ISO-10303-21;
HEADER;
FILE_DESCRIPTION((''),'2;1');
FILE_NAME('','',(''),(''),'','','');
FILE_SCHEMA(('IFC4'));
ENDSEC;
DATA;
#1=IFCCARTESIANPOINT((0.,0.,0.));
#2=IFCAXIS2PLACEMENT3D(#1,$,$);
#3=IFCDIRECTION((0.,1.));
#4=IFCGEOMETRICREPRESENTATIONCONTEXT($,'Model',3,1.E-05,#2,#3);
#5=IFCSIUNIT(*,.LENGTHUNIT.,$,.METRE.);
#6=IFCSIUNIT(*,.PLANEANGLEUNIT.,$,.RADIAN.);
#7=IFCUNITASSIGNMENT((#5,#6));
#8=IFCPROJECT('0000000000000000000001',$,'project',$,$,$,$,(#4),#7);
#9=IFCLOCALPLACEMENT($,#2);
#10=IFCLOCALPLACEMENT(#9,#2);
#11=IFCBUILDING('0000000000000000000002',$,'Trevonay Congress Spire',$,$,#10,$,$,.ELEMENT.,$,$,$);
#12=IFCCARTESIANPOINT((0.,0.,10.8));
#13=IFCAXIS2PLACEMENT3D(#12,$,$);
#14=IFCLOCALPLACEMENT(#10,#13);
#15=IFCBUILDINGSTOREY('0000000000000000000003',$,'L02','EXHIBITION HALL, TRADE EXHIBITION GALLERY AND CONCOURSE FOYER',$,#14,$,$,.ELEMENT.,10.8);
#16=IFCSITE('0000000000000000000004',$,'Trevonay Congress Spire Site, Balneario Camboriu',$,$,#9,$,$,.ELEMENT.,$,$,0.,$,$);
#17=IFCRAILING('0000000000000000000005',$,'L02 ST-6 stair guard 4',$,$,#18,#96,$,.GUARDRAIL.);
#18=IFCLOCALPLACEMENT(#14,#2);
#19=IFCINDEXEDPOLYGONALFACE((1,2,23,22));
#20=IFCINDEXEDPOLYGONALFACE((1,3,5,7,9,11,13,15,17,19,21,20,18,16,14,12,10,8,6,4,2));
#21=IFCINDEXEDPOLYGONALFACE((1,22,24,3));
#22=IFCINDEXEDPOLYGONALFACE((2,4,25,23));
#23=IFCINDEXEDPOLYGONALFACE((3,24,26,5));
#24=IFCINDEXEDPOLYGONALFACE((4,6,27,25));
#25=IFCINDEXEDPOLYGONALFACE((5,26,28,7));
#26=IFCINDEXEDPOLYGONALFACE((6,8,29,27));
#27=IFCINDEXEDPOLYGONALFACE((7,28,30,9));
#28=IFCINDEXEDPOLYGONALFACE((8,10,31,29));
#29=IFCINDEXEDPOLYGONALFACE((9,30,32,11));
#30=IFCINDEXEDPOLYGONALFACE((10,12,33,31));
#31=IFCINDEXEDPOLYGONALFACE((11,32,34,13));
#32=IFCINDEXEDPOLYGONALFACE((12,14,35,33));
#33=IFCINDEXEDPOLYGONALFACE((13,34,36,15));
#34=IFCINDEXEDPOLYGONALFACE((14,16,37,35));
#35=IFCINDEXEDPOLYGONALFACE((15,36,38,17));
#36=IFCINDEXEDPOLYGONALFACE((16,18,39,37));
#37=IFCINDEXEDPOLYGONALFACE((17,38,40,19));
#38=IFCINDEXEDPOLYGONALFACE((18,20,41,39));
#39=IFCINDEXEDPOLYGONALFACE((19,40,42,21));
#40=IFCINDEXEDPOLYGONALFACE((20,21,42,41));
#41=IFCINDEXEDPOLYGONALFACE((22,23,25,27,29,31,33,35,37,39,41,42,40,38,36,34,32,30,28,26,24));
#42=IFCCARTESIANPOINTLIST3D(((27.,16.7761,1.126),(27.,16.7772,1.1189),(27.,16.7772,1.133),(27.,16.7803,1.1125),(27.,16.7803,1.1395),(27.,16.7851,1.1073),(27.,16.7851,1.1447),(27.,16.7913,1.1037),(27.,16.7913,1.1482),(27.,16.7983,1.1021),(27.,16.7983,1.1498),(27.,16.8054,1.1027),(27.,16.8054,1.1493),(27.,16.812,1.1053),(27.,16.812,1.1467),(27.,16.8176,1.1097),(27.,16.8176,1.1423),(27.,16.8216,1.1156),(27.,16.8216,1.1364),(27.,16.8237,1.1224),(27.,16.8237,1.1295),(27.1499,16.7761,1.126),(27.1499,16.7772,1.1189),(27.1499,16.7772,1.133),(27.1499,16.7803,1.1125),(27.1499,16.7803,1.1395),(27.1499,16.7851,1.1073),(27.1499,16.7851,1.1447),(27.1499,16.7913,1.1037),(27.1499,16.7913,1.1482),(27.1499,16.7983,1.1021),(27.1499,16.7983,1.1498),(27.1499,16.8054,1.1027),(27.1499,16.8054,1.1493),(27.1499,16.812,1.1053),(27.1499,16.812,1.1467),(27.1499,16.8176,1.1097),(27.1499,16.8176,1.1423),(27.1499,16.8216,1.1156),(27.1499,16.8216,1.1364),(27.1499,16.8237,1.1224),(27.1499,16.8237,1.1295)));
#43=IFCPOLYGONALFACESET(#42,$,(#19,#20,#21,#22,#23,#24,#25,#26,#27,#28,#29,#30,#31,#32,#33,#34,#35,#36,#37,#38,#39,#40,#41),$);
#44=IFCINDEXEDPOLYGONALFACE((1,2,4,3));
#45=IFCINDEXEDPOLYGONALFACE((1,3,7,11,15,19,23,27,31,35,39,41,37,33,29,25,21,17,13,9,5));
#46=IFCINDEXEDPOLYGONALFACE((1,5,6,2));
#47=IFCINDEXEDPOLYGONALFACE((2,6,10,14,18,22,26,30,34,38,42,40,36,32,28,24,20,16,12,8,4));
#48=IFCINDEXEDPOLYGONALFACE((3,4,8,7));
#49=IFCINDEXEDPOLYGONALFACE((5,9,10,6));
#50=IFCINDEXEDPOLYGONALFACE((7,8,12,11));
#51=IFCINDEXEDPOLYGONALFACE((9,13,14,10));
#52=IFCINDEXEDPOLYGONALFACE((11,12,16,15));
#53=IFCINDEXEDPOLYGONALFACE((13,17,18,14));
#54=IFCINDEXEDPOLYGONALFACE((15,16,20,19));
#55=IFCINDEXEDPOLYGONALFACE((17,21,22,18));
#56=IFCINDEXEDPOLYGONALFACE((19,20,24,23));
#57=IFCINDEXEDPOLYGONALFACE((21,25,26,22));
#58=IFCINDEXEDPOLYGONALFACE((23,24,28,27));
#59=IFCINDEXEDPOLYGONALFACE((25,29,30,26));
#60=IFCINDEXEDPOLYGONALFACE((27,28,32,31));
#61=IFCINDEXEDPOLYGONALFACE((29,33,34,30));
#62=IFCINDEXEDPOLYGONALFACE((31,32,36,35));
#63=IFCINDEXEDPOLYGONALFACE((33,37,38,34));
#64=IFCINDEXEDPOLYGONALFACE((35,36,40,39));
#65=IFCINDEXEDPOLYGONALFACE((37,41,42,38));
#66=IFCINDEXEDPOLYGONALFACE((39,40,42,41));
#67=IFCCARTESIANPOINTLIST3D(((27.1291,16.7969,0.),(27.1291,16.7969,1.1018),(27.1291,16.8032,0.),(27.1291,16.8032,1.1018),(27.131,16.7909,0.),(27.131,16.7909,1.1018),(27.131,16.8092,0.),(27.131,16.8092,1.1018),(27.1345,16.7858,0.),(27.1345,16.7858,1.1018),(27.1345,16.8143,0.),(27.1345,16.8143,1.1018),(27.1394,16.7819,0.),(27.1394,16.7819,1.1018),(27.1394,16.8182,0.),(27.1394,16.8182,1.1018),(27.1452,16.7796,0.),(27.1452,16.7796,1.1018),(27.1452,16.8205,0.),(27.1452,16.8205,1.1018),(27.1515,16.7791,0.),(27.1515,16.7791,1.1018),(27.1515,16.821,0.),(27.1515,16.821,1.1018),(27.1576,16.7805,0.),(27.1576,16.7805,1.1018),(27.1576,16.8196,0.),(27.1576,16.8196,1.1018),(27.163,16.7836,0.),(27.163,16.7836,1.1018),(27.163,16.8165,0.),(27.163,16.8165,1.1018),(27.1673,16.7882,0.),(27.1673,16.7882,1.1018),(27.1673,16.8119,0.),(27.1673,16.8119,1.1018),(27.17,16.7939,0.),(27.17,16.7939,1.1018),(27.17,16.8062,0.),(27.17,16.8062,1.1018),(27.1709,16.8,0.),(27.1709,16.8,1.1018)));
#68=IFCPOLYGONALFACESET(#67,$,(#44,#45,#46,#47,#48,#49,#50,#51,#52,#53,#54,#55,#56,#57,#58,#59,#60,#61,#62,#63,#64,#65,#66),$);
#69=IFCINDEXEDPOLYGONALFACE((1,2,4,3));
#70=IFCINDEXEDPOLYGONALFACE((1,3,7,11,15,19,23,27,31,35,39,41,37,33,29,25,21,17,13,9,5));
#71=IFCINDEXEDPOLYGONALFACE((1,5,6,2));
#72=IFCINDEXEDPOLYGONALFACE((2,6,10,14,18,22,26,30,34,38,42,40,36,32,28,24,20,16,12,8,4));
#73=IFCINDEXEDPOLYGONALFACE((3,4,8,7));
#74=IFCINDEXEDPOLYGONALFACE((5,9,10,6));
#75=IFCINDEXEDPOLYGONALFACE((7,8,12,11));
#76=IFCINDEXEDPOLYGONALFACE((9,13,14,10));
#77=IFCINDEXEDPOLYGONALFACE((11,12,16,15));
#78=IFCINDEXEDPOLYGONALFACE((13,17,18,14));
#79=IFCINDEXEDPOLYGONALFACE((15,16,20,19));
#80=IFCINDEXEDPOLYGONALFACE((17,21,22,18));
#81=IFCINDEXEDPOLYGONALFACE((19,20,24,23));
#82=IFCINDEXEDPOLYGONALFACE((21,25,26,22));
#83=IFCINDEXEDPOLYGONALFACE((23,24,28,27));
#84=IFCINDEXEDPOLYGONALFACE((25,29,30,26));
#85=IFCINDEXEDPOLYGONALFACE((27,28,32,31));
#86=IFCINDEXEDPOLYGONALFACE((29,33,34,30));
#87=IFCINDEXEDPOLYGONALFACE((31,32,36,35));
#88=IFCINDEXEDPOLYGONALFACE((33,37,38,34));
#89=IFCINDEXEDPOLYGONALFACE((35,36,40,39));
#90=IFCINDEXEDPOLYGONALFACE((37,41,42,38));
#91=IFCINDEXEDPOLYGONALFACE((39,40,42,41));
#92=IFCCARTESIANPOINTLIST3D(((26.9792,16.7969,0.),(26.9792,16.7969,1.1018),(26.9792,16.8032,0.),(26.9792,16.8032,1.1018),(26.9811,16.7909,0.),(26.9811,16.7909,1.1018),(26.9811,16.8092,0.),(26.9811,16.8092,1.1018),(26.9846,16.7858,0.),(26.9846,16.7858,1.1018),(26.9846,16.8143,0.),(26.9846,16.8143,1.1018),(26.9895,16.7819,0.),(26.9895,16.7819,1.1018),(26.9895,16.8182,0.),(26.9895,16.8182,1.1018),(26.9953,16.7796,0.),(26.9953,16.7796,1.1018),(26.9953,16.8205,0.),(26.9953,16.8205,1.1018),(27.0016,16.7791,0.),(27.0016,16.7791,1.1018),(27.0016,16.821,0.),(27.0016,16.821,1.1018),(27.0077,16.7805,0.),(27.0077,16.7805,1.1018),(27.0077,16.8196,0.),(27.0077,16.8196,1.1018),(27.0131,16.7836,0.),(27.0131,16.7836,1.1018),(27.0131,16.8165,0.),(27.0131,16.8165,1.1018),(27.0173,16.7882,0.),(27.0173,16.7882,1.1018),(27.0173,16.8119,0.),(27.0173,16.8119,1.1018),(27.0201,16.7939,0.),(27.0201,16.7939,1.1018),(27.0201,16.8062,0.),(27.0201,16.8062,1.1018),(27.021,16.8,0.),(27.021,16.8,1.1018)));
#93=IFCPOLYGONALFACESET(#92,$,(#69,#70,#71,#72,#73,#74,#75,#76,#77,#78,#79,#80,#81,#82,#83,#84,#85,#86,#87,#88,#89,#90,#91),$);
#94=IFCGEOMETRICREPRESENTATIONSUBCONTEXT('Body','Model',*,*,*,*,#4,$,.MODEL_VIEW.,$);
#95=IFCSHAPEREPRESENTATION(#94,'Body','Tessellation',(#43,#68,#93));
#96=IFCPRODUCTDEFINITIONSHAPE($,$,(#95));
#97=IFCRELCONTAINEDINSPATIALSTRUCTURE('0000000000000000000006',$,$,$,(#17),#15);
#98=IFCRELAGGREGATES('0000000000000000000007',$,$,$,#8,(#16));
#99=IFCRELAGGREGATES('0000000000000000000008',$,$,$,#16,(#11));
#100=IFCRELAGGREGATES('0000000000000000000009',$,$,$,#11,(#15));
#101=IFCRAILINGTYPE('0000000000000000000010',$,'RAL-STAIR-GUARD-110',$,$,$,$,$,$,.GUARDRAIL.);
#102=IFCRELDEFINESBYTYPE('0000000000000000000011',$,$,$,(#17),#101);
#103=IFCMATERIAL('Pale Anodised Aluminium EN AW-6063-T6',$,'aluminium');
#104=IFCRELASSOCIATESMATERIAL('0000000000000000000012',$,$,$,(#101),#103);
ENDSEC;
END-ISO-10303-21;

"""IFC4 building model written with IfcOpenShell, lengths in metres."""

from ifc_helpers import new_model, si_unit, direction, frame, origin, origin_2d, place, context, subcontext, project, spatial, circle, extrude, material, type_object, element, save


model = new_model("IFC4")

# Units and contexts
model_context = context("Model", 3, precision=1e-05, world=origin(), true_north=direction((0.0, 1.0)))
body_context = subcontext(model_context, "Body", "Model", "MODEL_VIEW")
ifc_project = project(units=[si_unit("LENGTHUNIT", "METRE"), si_unit("PLANEANGLEUNIT", "RADIAN")], contexts=[model_context])

# Site, building, storey
site_placement = place(None, origin())
site = spatial("IfcSite", under=ifc_project, at=site_placement, Name="Trevonay Congress Spire Site, Balneario Camboriu", CompositionType="ELEMENT", RefElevation=0.0)
building_placement = place(site_placement, origin())
building = spatial("IfcBuilding", under=site, at=building_placement, Name="Trevonay Congress Spire", CompositionType="ELEMENT")
storey_placement = place(building_placement, frame((0.0, 0.0, 10.8)))
storey = spatial("IfcBuildingStorey", under=building, at=storey_placement, Name="L02", Description="EXHIBITION HALL, TRADE EXHIBITION GALLERY AND CONCOURSE FOYER", CompositionType="ELEMENT", Elevation=10.8)

# Shared definitions
ifc_material_1 = material(Name="Pale Anodised Aluminium EN AW-6063-T6", Category="aluminium")

# Railing
railing_type_1 = type_object("IfcRailingType", Name="RAL-STAIR-GUARD-110", PredefinedType="GUARDRAIL", material=ifc_material_1)
railing_1_placement = place(storey_placement, frame((27.1499, 16.8, 0.0)))
element("IfcRailing", 1, at=railing_1_placement, inside=storey, type_object=railing_type_1, Name="L02 ST-6 stair guard 4", PredefinedType="GUARDRAIL", context=body_context, shape_type="SweptSolid", body=[
    extrude(circle(Radius=0.0239, at=origin_2d()), frame((0.0, 0.0, 1.126), z_axis=(-1.0, 0.0, 0.0), x_axis=(0.0, -1.0, 0.0)), (0.0, 0.0, 1.0), 0.1499),
    extrude(circle(Radius=0.021, at=origin_2d()), origin(), (0.0, 0.0, 1.0), 1.1018),
    extrude(circle(Radius=0.021, at=origin_2d()), frame((-0.1499, 0.0, 0.0)), (0.0, 0.0, 1.0), 1.1018),
])

save(model, "model.ifc")
